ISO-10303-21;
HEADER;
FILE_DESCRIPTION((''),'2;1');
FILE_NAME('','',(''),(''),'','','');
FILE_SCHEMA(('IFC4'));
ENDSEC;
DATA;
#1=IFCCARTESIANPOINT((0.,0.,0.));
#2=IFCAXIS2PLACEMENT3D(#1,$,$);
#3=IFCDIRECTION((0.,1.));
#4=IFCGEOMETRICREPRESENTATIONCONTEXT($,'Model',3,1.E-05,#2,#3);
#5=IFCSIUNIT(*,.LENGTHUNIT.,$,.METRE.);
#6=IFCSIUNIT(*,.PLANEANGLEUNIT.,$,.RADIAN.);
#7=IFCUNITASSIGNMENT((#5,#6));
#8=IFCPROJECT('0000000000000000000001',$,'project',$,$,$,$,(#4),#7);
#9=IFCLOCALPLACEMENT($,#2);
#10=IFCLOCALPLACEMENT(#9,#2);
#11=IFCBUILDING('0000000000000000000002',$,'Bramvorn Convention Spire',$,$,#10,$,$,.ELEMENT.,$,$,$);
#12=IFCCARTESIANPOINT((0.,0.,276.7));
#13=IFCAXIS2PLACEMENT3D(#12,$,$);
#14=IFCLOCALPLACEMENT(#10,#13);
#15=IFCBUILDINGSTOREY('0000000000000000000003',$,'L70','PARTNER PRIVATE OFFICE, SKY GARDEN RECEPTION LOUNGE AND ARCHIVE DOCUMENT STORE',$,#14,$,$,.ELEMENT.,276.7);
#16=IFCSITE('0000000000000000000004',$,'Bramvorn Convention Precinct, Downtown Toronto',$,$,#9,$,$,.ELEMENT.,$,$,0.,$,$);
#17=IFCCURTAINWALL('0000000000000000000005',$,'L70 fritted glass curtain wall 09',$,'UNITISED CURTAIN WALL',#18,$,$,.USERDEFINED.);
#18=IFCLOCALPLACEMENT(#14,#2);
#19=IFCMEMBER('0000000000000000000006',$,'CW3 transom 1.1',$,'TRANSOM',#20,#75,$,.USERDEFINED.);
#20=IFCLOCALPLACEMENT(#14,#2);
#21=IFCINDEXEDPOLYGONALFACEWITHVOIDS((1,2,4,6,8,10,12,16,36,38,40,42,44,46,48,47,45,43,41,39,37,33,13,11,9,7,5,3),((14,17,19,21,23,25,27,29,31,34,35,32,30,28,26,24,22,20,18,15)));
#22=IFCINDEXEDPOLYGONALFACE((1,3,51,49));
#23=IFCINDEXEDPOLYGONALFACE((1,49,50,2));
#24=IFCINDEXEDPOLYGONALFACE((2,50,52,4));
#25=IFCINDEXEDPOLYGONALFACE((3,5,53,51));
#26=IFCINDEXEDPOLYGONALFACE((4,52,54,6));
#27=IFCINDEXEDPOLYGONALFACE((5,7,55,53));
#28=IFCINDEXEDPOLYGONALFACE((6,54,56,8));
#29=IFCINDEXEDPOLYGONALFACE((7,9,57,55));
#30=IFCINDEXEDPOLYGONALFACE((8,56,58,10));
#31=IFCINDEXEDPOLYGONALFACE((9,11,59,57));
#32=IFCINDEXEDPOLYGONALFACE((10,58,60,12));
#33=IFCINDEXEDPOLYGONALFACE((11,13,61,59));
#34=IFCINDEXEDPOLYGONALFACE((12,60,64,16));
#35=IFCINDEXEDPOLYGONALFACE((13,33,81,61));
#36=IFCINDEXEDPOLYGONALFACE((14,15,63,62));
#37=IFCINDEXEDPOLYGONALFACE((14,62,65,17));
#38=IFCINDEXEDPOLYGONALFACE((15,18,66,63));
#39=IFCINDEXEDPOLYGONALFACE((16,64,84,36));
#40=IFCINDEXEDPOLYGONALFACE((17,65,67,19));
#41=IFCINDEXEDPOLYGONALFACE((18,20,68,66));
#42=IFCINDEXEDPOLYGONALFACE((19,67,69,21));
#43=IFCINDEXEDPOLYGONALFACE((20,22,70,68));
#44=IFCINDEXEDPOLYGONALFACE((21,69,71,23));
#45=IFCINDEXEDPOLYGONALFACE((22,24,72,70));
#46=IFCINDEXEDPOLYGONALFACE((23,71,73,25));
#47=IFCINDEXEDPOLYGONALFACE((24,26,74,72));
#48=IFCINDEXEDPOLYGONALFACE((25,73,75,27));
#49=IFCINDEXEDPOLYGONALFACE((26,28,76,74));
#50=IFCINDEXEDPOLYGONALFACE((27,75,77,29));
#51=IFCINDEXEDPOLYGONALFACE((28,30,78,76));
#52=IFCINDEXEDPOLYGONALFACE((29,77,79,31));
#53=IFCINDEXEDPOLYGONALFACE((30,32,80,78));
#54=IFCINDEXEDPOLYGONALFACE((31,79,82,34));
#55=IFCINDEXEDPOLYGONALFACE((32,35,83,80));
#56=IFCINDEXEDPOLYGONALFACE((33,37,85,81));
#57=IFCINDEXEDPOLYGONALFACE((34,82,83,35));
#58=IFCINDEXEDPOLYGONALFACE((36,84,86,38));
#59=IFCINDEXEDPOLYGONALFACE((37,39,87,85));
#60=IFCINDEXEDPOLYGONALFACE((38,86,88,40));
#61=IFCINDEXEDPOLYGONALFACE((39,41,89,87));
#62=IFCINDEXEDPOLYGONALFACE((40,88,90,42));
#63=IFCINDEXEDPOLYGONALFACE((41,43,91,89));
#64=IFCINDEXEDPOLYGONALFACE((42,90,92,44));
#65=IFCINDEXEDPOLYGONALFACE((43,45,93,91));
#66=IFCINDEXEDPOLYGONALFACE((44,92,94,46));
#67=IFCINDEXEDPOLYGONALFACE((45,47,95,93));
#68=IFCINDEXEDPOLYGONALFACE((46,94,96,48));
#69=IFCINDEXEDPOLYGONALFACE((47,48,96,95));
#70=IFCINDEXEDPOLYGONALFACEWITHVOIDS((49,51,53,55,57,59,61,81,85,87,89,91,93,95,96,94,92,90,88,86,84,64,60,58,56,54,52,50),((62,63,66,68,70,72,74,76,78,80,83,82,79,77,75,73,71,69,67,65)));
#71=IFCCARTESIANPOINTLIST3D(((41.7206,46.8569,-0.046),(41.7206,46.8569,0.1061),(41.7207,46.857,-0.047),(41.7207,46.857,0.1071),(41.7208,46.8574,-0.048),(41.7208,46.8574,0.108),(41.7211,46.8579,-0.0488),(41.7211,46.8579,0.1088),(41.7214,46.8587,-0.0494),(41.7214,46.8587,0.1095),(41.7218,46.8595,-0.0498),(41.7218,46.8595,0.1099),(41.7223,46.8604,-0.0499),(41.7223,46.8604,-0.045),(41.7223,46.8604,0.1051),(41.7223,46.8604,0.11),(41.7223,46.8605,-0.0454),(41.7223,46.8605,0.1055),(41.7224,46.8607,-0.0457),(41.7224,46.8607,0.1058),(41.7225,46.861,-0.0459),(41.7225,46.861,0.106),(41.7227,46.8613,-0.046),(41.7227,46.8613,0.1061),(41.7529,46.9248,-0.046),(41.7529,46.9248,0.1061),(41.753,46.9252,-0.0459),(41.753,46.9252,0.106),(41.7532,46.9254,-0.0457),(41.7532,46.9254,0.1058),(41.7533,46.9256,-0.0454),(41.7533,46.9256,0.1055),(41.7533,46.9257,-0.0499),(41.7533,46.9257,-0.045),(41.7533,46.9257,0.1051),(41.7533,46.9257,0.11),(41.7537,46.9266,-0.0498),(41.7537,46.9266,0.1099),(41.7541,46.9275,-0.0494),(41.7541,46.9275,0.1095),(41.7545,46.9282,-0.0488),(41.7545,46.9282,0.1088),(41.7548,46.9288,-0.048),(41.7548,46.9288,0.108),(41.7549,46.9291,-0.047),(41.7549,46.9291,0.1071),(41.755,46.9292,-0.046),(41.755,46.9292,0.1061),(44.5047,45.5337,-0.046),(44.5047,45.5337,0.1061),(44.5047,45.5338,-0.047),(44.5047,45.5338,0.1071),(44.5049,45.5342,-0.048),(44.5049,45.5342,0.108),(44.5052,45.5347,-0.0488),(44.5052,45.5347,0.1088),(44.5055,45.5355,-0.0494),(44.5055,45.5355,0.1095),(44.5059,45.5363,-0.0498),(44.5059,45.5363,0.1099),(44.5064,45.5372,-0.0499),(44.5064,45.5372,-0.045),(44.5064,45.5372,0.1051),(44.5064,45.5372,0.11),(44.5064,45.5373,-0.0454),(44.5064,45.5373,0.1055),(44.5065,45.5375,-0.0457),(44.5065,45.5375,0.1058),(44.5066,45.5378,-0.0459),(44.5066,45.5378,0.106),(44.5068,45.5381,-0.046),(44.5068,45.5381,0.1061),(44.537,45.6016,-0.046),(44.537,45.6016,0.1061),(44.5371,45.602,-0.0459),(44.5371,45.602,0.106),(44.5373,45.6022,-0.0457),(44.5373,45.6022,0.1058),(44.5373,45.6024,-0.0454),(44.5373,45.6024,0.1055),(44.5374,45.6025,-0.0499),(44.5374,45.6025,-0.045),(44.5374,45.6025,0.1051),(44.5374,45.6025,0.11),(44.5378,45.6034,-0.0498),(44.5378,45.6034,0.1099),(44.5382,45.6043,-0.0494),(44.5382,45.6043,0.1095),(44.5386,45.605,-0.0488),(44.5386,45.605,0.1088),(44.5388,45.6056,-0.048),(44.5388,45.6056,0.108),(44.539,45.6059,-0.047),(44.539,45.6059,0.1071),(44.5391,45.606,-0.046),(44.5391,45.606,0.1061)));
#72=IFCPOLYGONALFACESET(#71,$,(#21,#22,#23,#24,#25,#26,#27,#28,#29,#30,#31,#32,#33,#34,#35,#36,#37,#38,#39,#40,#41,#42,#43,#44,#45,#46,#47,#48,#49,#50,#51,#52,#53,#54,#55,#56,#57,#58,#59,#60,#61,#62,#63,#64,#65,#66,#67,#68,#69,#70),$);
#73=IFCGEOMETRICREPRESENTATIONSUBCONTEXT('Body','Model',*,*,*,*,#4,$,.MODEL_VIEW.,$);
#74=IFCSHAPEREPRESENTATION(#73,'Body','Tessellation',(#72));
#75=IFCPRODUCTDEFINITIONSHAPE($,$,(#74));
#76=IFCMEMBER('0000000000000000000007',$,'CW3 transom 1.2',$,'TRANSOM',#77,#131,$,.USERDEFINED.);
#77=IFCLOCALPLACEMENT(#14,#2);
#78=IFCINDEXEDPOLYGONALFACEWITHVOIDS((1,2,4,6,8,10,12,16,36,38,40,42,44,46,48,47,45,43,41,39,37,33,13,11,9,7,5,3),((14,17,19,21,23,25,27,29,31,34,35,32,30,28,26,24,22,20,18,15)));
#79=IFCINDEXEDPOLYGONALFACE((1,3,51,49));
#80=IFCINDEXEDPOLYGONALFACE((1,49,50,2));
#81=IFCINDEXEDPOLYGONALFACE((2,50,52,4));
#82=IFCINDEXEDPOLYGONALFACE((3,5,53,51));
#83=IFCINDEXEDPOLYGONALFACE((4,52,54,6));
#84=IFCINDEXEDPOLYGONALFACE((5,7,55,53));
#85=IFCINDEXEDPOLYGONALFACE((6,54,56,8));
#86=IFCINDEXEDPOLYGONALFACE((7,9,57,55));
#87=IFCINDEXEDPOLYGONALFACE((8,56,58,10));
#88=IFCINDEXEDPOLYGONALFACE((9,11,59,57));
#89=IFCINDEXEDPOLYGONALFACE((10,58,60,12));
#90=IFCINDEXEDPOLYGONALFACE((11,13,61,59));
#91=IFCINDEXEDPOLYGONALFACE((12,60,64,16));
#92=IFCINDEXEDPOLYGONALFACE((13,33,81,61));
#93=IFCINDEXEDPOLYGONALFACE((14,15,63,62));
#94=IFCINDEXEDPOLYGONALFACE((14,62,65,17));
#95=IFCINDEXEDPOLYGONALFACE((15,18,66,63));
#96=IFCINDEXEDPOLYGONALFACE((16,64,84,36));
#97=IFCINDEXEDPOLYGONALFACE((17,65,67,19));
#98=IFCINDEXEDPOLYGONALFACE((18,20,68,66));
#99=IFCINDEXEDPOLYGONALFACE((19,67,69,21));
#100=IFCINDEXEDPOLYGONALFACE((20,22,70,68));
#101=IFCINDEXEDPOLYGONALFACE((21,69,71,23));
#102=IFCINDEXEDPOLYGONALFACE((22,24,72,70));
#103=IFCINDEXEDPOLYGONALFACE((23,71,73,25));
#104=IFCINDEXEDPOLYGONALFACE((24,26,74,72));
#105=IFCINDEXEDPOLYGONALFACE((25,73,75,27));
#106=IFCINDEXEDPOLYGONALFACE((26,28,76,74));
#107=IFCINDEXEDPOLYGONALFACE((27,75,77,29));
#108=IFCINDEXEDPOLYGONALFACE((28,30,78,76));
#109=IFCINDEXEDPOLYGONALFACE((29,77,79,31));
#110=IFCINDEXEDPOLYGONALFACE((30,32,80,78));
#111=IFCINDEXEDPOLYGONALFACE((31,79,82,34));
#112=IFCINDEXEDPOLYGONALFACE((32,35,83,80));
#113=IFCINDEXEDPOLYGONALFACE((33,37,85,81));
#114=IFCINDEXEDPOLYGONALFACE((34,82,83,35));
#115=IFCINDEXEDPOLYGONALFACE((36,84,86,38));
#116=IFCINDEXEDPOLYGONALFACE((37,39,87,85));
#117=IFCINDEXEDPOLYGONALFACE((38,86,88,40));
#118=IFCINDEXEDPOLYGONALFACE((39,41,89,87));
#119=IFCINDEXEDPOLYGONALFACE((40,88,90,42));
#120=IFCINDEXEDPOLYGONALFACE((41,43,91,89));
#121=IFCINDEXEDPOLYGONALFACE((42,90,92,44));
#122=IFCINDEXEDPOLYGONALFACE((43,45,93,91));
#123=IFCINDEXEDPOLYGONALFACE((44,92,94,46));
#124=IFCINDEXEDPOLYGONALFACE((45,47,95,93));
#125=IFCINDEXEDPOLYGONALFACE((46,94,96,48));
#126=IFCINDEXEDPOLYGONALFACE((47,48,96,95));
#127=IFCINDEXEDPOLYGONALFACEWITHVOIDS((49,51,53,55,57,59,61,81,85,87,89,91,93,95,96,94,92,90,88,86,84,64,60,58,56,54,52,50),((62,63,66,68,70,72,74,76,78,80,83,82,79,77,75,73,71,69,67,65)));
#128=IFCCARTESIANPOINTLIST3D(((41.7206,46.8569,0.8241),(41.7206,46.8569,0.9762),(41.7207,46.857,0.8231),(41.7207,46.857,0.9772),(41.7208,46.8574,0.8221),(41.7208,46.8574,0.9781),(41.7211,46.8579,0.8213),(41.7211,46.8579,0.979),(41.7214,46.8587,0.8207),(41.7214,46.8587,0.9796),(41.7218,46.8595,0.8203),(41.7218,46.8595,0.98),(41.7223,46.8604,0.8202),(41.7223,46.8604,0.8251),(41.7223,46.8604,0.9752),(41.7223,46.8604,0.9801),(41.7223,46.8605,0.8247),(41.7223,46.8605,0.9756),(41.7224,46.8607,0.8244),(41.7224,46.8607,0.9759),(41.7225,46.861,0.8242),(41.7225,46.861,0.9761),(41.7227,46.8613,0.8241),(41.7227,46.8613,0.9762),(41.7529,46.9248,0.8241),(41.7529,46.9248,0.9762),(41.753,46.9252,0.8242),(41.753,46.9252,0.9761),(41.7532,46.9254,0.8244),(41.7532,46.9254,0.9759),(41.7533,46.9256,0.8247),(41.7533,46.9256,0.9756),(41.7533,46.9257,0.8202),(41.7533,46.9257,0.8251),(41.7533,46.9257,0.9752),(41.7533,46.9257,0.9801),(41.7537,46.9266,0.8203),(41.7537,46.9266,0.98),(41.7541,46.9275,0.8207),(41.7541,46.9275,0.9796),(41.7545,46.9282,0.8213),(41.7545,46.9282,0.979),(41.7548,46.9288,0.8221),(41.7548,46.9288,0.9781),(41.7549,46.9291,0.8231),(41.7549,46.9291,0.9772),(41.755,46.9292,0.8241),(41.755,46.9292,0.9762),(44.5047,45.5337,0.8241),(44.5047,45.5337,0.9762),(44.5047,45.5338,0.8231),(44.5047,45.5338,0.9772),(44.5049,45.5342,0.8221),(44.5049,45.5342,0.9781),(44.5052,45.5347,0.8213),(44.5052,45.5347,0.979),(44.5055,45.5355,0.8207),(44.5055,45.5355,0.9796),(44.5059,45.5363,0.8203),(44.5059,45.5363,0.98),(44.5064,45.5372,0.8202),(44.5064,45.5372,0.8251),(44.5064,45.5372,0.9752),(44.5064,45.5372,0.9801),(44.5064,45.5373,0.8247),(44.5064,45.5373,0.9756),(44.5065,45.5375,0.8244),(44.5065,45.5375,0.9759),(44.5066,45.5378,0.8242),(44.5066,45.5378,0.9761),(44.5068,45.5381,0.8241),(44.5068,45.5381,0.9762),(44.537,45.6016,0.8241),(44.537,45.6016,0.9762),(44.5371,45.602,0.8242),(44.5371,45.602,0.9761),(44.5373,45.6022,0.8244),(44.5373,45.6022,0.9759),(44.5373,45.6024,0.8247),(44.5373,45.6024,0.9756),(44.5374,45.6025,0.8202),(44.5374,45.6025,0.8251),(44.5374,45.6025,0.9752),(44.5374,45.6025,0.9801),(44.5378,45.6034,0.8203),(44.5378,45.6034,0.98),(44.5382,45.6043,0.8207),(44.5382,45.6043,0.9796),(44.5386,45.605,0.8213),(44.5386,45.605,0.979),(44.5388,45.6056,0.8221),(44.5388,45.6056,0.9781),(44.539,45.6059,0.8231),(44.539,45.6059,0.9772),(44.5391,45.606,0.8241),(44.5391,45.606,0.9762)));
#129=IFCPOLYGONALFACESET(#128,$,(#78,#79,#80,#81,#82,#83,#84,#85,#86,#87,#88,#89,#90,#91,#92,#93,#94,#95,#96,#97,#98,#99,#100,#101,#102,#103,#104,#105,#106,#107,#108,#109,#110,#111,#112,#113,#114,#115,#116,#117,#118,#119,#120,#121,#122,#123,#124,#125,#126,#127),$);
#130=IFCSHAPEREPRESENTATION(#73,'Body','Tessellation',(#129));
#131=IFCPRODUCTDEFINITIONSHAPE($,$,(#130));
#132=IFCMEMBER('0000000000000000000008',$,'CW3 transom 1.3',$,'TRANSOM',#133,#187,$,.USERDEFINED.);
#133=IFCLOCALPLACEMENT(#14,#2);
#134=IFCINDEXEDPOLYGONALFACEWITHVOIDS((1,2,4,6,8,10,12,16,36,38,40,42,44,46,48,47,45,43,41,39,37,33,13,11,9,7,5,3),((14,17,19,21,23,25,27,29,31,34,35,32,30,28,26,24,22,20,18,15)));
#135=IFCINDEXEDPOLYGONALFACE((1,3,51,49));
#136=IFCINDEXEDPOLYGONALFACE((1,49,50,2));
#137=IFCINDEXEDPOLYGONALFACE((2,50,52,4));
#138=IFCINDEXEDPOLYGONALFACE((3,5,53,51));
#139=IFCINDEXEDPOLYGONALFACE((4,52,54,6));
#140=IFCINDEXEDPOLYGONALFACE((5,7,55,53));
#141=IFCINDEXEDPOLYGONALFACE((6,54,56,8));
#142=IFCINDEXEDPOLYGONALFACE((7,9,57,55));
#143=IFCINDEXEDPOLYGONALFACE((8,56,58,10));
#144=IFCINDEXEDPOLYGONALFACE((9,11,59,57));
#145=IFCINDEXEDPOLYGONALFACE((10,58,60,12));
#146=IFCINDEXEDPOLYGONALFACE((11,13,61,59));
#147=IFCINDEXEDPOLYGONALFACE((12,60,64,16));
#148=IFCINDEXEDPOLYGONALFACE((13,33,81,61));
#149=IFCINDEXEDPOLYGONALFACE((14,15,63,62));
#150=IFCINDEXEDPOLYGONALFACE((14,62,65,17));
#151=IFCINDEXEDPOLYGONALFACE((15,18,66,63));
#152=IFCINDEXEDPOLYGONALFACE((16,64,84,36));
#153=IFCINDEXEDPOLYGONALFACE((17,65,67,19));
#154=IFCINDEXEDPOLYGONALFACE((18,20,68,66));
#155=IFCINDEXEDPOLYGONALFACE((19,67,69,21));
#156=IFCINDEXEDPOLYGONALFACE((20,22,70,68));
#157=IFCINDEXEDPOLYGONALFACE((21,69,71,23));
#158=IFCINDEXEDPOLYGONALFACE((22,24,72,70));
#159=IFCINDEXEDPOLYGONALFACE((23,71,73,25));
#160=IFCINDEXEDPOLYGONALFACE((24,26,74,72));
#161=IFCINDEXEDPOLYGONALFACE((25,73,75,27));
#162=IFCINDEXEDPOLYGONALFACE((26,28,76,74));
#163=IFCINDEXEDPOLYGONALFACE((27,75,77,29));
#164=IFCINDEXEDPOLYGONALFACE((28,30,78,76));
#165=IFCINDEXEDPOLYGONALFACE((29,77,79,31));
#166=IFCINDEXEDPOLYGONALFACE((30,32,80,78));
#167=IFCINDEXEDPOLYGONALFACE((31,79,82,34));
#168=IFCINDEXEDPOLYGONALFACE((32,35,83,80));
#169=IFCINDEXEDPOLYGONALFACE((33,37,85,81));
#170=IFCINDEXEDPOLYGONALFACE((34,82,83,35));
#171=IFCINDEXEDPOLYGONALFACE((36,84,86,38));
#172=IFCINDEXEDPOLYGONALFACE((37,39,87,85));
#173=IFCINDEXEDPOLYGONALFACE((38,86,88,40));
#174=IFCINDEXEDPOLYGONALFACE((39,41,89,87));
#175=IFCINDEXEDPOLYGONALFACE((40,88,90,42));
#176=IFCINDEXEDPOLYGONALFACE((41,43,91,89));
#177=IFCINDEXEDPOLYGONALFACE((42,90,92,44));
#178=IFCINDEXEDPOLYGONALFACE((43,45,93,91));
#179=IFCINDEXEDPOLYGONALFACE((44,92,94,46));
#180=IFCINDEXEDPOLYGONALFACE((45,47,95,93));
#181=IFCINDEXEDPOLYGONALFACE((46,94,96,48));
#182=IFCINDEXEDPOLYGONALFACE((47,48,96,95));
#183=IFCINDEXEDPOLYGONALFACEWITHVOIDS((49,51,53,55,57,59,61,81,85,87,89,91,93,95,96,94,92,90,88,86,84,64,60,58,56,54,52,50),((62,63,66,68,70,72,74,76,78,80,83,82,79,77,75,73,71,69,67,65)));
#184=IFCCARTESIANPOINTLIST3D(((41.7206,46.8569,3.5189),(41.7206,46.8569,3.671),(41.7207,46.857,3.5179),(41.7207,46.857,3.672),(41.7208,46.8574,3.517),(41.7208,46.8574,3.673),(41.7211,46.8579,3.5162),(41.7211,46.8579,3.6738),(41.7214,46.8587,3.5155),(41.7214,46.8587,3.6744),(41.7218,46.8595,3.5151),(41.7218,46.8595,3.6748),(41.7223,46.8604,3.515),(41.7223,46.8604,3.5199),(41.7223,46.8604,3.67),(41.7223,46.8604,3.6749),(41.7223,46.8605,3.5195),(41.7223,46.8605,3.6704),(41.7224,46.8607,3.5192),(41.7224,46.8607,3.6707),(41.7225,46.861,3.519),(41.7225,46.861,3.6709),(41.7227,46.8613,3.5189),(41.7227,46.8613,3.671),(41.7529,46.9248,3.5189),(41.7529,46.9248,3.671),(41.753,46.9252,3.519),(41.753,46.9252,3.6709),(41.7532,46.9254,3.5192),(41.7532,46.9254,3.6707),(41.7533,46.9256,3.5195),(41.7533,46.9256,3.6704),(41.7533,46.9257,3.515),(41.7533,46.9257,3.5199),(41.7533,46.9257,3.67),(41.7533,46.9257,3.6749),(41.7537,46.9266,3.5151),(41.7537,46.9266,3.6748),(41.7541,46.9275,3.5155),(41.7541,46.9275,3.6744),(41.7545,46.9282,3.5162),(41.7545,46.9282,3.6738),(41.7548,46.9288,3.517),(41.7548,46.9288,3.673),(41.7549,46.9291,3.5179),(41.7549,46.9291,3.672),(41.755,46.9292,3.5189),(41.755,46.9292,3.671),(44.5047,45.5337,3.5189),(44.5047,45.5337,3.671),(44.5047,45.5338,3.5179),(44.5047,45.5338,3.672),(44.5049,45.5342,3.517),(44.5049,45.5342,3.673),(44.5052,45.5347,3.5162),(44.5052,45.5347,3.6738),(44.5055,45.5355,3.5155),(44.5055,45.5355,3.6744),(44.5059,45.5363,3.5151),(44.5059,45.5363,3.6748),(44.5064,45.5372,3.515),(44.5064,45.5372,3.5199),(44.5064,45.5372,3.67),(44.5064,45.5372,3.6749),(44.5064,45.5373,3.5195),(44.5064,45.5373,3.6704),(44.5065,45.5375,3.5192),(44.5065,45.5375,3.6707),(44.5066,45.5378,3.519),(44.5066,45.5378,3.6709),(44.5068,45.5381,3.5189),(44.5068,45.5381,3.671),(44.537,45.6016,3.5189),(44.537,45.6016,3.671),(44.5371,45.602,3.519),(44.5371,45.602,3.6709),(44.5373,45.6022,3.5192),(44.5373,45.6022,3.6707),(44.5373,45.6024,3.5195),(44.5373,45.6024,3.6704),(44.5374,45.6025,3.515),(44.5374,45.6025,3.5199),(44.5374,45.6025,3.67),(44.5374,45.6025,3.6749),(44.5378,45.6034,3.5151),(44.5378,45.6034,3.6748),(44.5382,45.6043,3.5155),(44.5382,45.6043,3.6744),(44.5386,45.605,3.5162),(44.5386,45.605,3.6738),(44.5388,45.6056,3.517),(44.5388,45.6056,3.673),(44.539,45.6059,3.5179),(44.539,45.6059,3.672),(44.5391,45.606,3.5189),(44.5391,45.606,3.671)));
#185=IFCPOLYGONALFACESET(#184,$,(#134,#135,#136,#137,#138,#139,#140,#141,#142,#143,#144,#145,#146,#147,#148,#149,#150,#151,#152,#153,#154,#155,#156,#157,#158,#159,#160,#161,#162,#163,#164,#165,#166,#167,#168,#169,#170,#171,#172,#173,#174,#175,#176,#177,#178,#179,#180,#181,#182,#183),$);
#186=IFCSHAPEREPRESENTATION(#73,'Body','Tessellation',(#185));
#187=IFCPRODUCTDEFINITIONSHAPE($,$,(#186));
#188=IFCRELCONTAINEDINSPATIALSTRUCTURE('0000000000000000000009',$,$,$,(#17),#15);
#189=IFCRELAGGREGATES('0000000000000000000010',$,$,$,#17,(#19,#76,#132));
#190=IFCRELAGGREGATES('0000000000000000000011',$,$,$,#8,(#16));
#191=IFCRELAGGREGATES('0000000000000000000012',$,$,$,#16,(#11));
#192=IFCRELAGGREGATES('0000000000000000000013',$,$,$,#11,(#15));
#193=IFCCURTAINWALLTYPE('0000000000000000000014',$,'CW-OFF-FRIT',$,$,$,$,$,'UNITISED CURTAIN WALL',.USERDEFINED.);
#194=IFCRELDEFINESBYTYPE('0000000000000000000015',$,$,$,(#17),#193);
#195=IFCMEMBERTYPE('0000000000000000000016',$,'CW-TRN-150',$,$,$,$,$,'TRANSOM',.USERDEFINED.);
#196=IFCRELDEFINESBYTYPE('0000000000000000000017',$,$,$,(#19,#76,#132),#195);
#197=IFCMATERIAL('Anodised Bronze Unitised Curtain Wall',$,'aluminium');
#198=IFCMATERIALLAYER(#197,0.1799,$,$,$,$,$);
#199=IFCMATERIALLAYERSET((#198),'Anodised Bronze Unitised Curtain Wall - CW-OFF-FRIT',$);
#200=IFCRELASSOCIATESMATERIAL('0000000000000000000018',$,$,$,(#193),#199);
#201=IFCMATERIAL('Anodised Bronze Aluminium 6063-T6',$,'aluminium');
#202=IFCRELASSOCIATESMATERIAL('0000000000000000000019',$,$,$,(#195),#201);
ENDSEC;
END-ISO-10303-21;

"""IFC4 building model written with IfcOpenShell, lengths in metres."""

from ifc_helpers import new_model, si_unit, direction, frame, origin, origin_2d, place, context, subcontext, project, spatial, hollow_rectangle, extrude, material, layer, layer_set, material_profile, profile_set, type_object, element, aggregate, save


model = new_model("IFC4")

# Units and contexts
model_context = context("Model", 3, precision=1e-05, world=origin(), true_north=direction((0.0, 1.0)))
body_context = subcontext(model_context, "Body", "Model", "MODEL_VIEW")
ifc_project = project(units=[si_unit("LENGTHUNIT", "METRE"), si_unit("PLANEANGLEUNIT", "RADIAN")], contexts=[model_context])

# Site, building, storey
site_placement = place(None, origin())
site = spatial("IfcSite", under=ifc_project, at=site_placement, Name="Bramvorn Convention Precinct, Downtown Toronto", CompositionType="ELEMENT", RefElevation=0.0)
building_placement = place(site_placement, origin())
building = spatial("IfcBuilding", under=site, at=building_placement, Name="Bramvorn Convention Spire", CompositionType="ELEMENT")
storey_placement = place(building_placement, frame((0.0, 0.0, 276.7)))
storey = spatial("IfcBuildingStorey", under=building, at=storey_placement, Name="L70", Description="PARTNER PRIVATE OFFICE, SKY GARDEN RECEPTION LOUNGE AND ARCHIVE DOCUMENT STORE", CompositionType="ELEMENT", Elevation=276.7)

# Curtain wall
ifc_material_1 = material(Name="Anodised Bronze Unitised Curtain Wall", Category="aluminium")
ifc_layer_1 = layer(ifc_material_1, 0.1799)
ifc_layer_set_1 = layer_set([ifc_layer_1], Name="Anodised Bronze Unitised Curtain Wall - CW-OFF-FRIT")
curtain_wall_type = type_object("IfcCurtainWallType", Name="CW-OFF-FRIT", ElementType="UNITISED CURTAIN WALL", PredefinedType="USERDEFINED", material=ifc_layer_set_1)
curtain_wall_1_placement = place(storey_placement, origin())
curtain_wall_1 = element("IfcCurtainWall", 1, at=curtain_wall_1_placement, inside=storey, type_object=curtain_wall_type, Name="L70 fritted glass curtain wall 09", ObjectType="UNITISED CURTAIN WALL", PredefinedType="USERDEFINED")
ifc_material_2 = material(Name="Anodised Bronze Aluminium 6063-T6", Category="aluminium")

# Members
ifc_material_profile_1 = material_profile(ifc_material_2, hollow_rectangle(XDim=0.0801, YDim=0.1599, WallThickness=0.0039, InnerFilletRadius=0.001, OuterFilletRadius=0.0039, at=origin_2d()))
ifc_profile_set_1 = profile_set([ifc_material_profile_1], Name="Anodised Bronze Aluminium 6063-T6 - CWT80X160")
member_type_1 = type_object("IfcMemberType", Name="CW-TRN-150", ElementType="TRANSOM", PredefinedType="USERDEFINED", material=ifc_profile_set_1)
member_1_placement = place(storey_placement, frame((41.7378, 46.8931, 0.03), z_axis=(0.903182, -0.429257, 0.0), x_axis=(0.429257, 0.903182, 0.0)))
member_1 = element("IfcMember", 2, at=member_1_placement, type_object=member_type_1, Name="CW3 transom 1.1", ObjectType="TRANSOM", PredefinedType="USERDEFINED", context=body_context, shape_type="SweptSolid", body=[
    extrude(hollow_rectangle(XDim=0.0801, YDim=0.1599, WallThickness=0.0039, InnerFilletRadius=0.001, OuterFilletRadius=0.0039, at=origin_2d()), origin(), (0.0, 0.0, 1.0), 3.0825),
])
member_2_placement = place(storey_placement, frame((41.7378, 46.8931, 0.9001), z_axis=(0.903182, -0.429257, 0.0), x_axis=(0.429257, 0.903182, 0.0)))
member_2 = element("IfcMember", 3, at=member_2_placement, type_object=member_type_1, Name="CW3 transom 1.2", ObjectType="TRANSOM", PredefinedType="USERDEFINED", context=body_context, shape_type="SweptSolid", body=[
    extrude(hollow_rectangle(XDim=0.0801, YDim=0.1599, WallThickness=0.0039, InnerFilletRadius=0.001, OuterFilletRadius=0.0039, at=origin_2d()), origin(), (0.0, 0.0, 1.0), 3.0825),
])
member_3_placement = place(storey_placement, frame((41.7378, 46.8931, 3.595), z_axis=(0.903182, -0.429257, 0.0), x_axis=(0.429257, 0.903182, 0.0)))
member_3 = element("IfcMember", 4, at=member_3_placement, type_object=member_type_1, Name="CW3 transom 1.3", ObjectType="TRANSOM", PredefinedType="USERDEFINED", context=body_context, shape_type="SweptSolid", body=[
    extrude(hollow_rectangle(XDim=0.0801, YDim=0.1599, WallThickness=0.0039, InnerFilletRadius=0.001, OuterFilletRadius=0.0039, at=origin_2d()), origin(), (0.0, 0.0, 1.0), 3.0825),
])

aggregate(curtain_wall_1, [member_1, member_2, member_3])

save(model, "model.ifc")
